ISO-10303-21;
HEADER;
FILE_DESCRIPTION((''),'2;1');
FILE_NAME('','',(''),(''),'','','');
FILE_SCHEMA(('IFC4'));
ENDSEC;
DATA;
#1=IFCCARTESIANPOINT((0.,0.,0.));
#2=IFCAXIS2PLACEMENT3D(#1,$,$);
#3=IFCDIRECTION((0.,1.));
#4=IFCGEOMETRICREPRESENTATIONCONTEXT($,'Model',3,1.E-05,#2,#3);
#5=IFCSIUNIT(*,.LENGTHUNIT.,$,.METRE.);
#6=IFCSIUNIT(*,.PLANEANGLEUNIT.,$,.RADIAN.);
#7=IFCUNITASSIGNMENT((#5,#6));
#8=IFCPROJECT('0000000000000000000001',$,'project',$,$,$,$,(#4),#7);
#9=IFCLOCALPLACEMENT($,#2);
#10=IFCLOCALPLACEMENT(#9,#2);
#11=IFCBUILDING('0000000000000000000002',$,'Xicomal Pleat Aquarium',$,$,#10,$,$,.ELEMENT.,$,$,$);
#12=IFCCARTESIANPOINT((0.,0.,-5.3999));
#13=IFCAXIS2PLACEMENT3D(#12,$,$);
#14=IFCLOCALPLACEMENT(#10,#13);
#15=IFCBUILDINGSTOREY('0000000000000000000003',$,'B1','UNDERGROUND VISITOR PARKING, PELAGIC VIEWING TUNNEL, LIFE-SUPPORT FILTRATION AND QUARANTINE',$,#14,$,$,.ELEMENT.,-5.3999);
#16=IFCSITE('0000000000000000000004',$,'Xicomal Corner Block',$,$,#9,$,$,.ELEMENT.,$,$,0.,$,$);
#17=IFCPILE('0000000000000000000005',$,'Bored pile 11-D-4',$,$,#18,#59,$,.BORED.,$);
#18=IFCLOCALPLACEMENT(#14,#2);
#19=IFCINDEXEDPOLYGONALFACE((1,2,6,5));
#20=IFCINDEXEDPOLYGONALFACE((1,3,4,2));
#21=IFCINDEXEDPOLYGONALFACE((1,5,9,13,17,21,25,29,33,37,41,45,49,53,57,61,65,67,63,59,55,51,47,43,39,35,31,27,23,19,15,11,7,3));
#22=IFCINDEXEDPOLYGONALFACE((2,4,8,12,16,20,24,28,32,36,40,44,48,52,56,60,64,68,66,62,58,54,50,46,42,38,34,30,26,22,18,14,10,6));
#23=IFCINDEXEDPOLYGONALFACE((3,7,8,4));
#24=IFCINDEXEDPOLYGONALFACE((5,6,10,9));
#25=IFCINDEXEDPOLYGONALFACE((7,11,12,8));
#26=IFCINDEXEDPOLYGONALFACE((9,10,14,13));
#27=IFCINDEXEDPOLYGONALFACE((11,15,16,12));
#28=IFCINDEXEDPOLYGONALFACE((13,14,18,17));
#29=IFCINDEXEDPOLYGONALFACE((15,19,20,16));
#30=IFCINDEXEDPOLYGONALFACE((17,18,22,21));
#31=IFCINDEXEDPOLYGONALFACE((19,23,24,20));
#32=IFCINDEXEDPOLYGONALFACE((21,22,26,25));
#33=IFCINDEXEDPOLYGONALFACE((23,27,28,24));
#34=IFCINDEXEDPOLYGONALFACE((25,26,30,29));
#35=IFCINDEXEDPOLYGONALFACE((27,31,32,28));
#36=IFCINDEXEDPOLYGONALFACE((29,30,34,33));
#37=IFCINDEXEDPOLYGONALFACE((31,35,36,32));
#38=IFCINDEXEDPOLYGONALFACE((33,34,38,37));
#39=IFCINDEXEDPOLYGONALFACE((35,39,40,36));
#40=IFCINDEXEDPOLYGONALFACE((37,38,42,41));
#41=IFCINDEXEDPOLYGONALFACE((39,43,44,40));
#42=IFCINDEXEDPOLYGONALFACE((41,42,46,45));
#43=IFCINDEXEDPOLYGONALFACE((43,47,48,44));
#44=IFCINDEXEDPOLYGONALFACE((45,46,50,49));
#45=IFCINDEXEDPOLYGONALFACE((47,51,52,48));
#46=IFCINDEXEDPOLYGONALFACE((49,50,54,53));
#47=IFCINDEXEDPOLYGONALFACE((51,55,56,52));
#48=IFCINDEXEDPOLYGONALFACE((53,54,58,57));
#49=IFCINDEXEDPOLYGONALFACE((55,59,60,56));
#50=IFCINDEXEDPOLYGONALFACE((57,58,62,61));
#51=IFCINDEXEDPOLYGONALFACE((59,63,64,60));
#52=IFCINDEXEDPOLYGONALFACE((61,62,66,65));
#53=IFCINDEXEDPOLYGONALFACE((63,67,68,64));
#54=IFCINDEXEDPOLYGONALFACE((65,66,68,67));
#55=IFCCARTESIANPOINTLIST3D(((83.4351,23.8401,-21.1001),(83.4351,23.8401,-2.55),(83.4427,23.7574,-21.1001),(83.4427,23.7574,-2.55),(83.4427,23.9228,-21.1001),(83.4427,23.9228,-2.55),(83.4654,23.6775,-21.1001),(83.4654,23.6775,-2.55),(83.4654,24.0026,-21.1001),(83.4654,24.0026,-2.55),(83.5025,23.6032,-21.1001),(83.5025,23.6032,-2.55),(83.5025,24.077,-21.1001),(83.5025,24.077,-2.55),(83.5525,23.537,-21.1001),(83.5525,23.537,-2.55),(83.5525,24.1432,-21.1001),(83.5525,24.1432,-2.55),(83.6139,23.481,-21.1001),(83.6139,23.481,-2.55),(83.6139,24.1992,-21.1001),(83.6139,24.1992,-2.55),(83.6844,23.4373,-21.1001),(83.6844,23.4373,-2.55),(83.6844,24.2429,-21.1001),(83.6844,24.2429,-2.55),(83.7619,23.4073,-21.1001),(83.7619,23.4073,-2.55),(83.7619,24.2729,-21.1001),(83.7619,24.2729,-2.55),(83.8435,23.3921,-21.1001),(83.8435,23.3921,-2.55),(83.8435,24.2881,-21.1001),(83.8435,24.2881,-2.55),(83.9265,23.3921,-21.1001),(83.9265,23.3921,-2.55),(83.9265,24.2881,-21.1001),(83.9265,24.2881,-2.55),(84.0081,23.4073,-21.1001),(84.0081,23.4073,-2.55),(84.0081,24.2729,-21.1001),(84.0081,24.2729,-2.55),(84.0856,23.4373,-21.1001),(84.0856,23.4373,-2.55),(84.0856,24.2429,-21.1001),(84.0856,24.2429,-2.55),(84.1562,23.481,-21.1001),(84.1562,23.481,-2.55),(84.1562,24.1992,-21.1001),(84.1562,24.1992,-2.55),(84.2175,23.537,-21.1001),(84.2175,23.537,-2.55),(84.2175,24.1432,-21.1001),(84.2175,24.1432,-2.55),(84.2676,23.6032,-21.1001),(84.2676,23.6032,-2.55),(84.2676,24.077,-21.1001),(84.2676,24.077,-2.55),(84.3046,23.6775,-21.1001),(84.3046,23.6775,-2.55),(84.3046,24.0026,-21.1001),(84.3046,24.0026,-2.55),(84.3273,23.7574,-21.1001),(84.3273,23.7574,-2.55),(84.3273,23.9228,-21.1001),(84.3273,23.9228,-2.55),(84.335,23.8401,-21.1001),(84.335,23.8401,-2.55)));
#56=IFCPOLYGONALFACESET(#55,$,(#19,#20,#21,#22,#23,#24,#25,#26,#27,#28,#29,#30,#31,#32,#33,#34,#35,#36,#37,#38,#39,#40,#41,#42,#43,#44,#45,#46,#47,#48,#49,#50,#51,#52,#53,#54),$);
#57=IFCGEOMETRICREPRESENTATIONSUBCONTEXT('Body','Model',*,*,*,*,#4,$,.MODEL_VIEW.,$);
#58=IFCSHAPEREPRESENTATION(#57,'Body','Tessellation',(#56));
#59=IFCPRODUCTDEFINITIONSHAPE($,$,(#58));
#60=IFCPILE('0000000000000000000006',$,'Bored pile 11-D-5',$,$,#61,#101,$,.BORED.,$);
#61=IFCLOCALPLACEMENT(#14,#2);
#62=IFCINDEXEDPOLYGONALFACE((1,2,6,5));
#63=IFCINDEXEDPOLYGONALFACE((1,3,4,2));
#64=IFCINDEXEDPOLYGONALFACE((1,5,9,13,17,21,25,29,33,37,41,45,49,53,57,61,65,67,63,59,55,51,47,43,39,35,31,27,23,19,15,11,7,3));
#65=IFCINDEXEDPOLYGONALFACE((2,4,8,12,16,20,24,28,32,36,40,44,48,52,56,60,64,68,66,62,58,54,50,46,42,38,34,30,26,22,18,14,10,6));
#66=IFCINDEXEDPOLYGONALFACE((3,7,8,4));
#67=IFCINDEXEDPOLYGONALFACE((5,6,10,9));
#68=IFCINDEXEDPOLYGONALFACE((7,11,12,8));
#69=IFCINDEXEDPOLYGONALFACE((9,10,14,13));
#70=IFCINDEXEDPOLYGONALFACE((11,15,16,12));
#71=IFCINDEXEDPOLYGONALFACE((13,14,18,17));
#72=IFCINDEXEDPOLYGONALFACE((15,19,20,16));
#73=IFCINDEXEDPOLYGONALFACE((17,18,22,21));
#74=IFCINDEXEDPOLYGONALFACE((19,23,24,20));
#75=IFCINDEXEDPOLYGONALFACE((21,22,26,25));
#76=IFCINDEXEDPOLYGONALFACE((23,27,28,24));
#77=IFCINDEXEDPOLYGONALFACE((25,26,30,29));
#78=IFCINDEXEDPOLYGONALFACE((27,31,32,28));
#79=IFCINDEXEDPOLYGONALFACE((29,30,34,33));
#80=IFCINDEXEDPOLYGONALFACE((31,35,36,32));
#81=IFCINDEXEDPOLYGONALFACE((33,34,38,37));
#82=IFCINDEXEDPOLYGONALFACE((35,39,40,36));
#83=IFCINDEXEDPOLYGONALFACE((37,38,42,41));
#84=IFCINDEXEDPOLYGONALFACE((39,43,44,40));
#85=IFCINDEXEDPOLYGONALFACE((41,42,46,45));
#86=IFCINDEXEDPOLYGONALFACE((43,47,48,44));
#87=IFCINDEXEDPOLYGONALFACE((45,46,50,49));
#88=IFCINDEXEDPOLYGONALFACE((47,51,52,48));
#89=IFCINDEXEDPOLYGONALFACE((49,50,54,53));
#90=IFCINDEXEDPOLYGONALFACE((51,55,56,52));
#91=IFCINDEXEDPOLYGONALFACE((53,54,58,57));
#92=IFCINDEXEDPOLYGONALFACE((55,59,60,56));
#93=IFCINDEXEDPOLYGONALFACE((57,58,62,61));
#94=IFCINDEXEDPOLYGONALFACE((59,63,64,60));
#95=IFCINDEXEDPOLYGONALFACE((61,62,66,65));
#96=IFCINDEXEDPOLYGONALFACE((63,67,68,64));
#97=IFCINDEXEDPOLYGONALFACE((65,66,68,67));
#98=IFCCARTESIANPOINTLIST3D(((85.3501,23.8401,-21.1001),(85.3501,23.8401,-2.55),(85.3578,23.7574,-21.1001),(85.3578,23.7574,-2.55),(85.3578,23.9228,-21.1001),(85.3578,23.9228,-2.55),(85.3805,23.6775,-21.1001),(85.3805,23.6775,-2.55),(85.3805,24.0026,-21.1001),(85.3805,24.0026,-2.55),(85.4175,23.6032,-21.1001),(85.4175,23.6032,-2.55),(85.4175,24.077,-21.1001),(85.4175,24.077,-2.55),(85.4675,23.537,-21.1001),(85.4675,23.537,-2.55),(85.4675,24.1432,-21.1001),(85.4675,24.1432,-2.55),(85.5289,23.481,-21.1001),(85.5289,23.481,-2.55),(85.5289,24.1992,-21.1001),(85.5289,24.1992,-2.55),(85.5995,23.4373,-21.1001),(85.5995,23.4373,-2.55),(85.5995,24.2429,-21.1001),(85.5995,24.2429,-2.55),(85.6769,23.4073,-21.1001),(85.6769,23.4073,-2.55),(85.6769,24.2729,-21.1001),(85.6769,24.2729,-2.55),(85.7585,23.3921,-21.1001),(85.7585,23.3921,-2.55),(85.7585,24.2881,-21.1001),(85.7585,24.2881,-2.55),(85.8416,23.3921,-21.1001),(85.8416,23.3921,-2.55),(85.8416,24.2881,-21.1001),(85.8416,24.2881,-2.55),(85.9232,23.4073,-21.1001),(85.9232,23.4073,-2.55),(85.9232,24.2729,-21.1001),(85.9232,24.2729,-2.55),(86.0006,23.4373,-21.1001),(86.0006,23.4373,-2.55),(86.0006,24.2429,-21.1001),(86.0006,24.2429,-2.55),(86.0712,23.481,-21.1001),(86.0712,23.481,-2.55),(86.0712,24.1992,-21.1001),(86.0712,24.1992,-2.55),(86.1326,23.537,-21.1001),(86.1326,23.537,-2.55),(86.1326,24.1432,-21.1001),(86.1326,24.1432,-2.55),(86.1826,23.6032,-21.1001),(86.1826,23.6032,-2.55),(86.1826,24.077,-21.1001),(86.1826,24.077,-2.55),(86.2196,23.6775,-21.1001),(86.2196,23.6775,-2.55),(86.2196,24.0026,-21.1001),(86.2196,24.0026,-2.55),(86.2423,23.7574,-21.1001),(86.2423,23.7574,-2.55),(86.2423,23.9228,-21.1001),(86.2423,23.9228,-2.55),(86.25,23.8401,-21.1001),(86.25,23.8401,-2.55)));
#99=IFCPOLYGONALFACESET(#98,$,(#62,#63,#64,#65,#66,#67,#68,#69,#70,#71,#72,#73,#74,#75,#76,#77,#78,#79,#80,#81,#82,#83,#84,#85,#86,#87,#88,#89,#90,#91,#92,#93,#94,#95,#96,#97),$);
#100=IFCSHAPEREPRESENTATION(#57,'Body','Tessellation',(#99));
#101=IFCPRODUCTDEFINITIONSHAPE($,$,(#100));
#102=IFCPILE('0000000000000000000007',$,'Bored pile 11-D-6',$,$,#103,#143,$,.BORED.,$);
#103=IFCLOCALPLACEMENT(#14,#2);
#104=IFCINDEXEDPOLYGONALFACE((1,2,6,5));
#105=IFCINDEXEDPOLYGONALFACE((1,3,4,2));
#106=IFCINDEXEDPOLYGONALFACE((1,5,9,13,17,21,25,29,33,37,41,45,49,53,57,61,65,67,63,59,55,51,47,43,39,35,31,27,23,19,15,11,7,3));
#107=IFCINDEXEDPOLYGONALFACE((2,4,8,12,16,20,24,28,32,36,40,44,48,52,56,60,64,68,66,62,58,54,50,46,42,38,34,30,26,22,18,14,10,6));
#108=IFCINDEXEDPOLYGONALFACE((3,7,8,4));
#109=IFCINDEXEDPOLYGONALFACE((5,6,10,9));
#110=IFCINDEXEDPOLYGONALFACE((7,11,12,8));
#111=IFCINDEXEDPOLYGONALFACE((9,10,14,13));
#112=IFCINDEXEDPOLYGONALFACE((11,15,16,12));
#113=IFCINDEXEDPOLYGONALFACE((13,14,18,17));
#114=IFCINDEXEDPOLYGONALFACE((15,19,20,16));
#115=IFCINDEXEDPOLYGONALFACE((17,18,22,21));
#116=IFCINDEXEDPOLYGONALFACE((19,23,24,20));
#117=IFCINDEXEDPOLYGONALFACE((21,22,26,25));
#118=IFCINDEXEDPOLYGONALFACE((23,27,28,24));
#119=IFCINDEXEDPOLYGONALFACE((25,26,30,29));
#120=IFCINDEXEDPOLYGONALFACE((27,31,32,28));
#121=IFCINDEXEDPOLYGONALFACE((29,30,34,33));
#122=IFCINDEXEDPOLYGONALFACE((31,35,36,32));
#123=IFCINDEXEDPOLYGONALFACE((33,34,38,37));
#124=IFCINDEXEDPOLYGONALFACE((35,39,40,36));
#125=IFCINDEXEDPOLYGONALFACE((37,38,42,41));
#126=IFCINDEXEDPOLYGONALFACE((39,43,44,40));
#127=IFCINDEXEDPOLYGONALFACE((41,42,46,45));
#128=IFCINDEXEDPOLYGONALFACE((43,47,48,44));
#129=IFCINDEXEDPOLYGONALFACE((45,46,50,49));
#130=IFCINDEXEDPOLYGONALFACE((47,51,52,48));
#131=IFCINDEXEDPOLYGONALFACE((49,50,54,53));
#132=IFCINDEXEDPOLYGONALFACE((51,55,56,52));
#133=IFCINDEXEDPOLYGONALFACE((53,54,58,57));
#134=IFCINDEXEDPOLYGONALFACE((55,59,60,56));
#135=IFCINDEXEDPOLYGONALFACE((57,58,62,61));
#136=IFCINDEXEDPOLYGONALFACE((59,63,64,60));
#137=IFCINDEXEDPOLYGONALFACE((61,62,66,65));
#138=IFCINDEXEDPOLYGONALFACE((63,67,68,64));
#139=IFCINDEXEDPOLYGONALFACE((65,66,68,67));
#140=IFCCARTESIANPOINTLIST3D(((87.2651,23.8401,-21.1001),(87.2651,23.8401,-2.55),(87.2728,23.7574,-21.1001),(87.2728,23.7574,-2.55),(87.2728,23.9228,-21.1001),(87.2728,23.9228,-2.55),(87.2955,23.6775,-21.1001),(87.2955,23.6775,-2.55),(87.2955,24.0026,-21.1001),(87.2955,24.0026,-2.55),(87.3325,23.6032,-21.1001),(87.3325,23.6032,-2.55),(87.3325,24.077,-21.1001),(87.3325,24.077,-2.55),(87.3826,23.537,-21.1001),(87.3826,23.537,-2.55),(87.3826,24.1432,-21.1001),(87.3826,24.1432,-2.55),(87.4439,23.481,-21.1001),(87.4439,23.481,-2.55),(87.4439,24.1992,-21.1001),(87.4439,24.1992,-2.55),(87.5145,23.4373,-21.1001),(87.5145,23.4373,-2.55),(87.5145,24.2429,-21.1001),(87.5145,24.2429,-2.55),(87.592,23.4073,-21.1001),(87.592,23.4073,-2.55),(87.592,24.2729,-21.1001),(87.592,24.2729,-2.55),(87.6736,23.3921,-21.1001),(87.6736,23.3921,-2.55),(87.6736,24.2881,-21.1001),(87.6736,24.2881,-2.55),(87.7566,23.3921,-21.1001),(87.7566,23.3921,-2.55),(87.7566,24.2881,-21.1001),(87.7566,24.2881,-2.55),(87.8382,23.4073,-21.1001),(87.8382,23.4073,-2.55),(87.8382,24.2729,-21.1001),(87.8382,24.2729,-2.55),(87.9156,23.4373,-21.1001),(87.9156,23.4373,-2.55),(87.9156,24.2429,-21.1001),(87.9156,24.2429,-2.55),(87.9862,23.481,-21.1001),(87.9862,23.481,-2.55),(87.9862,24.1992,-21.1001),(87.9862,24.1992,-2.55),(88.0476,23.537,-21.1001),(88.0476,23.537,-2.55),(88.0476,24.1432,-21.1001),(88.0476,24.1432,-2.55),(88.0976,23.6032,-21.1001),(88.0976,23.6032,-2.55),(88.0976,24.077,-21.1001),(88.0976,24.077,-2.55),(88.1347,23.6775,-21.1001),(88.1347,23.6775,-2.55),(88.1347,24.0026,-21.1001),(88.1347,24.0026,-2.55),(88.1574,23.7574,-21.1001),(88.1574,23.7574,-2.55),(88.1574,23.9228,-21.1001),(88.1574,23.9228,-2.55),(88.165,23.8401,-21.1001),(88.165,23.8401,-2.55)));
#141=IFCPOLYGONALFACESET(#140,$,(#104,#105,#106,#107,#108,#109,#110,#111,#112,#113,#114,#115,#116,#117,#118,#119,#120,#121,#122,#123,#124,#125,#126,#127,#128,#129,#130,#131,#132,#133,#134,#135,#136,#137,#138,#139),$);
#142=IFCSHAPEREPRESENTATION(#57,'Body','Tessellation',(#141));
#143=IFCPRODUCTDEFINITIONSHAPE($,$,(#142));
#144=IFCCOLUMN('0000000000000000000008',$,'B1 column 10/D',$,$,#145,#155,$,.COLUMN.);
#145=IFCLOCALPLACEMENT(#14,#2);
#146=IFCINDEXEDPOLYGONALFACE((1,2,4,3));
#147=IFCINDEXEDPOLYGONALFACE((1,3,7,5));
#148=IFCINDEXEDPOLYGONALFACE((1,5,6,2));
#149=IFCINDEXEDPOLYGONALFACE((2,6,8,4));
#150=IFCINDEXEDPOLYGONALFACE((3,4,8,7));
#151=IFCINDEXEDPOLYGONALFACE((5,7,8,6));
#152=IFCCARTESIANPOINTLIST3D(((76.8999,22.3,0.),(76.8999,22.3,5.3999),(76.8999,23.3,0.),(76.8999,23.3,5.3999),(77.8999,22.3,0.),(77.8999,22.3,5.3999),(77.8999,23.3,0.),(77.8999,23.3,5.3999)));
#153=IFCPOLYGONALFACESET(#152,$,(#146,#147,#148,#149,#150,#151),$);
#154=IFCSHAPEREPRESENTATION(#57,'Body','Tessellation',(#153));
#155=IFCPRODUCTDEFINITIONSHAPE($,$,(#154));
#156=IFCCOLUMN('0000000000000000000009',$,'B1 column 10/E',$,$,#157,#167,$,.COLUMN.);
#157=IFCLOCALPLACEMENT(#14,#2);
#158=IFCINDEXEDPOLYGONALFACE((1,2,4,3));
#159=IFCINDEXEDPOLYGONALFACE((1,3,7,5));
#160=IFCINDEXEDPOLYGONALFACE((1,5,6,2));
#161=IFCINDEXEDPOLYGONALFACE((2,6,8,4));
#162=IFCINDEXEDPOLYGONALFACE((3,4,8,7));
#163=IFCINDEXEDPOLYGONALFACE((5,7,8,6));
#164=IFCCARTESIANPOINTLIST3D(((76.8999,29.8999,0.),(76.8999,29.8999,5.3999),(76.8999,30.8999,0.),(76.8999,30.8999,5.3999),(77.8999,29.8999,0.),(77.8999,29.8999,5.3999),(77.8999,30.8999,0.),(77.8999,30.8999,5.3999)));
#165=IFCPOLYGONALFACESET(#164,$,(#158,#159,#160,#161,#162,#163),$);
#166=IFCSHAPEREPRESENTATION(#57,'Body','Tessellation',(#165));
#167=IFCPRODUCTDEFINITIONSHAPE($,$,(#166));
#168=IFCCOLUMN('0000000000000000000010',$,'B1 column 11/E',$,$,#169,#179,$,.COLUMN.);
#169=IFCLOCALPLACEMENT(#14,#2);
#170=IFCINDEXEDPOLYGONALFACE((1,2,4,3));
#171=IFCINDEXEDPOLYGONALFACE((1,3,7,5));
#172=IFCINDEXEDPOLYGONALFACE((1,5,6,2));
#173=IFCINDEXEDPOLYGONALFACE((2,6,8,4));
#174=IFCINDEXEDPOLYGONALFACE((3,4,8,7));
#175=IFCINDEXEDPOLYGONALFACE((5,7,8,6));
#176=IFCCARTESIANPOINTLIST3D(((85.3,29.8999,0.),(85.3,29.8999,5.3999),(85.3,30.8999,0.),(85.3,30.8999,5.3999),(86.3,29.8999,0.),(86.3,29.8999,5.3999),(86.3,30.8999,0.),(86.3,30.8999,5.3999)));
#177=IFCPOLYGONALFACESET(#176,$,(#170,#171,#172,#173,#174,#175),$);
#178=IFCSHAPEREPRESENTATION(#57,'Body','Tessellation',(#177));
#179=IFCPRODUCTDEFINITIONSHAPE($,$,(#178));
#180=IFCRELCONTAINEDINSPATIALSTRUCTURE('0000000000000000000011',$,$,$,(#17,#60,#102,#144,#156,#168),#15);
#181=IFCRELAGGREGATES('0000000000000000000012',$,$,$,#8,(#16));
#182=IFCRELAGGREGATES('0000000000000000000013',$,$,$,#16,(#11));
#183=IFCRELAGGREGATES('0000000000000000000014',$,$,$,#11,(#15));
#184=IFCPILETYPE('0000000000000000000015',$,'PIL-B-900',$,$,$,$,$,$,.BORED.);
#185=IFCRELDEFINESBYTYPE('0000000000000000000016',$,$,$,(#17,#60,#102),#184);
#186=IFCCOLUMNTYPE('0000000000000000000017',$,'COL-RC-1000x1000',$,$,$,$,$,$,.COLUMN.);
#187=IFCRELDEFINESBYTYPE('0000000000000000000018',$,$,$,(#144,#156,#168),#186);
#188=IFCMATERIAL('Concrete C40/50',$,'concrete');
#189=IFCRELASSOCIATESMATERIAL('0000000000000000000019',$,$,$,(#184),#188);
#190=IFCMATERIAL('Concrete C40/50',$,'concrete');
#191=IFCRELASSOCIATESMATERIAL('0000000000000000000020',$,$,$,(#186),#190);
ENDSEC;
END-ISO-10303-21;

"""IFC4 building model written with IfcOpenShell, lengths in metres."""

from ifc_helpers import new_model, si_unit, direction, frame, origin, origin_2d, place, context, subcontext, project, spatial, rectangle, circle, extrude, material, material_profile, profile_set, type_object, element, save


model = new_model("IFC4")

# Units and contexts
model_context = context("Model", 3, precision=1e-05, world=origin(), true_north=direction((0.0, 1.0)))
body_context = subcontext(model_context, "Body", "Model", "MODEL_VIEW")
ifc_project = project(units=[si_unit("LENGTHUNIT", "METRE"), si_unit("PLANEANGLEUNIT", "RADIAN")], contexts=[model_context])

# Site, building, storey
site_placement = place(None, origin())
site = spatial("IfcSite", under=ifc_project, at=site_placement, Name="Xicomal Corner Block", CompositionType="ELEMENT", RefElevation=0.0)
building_placement = place(site_placement, origin())
building = spatial("IfcBuilding", under=site, at=building_placement, Name="Xicomal Pleat Aquarium", CompositionType="ELEMENT")
storey_placement = place(building_placement, frame((0.0, 0.0, -5.3999)))
storey = spatial("IfcBuildingStorey", under=building, at=storey_placement, Name="B1", Description="UNDERGROUND VISITOR PARKING, PELAGIC VIEWING TUNNEL, LIFE-SUPPORT FILTRATION AND QUARANTINE", CompositionType="ELEMENT", Elevation=-5.3999)

# Piles
ifc_material_1 = material(Name="Concrete C40/50", Category="concrete")
ifc_material_profile_1 = material_profile(ifc_material_1, circle(Radius=0.45, at=origin_2d()), Name="BORED PILE D900")
ifc_profile_set_1 = profile_set([ifc_material_profile_1], Name="Concrete C40/50")
pile_type_1 = type_object("IfcPileType", Name="PIL-B-900", PredefinedType="BORED", material=ifc_profile_set_1)
for number, where, z_axis, x_axis, name in (
    (1, (83.885, 23.8401, -2.55), (0.0, 0.0, -1.0), (1.0, 0.0, 0.0), "Bored pile 11-D-4"),
    (2, (85.8, 23.8401, -2.55), (0.0, 0.0, -1.0), (1.0, 0.0, 0.0), "Bored pile 11-D-5"),
    (3, (87.7151, 23.8401, -2.55), (0.0, 0.0, -1.0), (1.0, 0.0, 0.0), "Bored pile 11-D-6"),
):
    element("IfcPile", number, at=place(storey_placement, frame(where, z_axis=z_axis, x_axis=x_axis)), inside=storey, type_object=pile_type_1, Name=name, PredefinedType="BORED", context=body_context, shape_type="SweptSolid", body=[
        extrude(circle(Radius=0.45, at=origin_2d()), origin(), (0.0, 0.0, 1.0), 18.55),
    ])

# Columns
ifc_material_2 = material(Name="Concrete C40/50", Category="concrete")
ifc_material_profile_2 = material_profile(ifc_material_2, rectangle(XDim=1.0, YDim=1.0, at=origin_2d()), Name="RC 1000x1000")
ifc_profile_set_2 = profile_set([ifc_material_profile_2], Name="Concrete C40/50")
column_type_1 = type_object("IfcColumnType", Name="COL-RC-1000x1000", PredefinedType="COLUMN", material=ifc_profile_set_2)
for number, where, z_axis, x_axis, name in (
    (4, (77.3999, 22.8, 0.0), (0.0, 0.0, 1.0), (1.0, 0.0, 0.0), "B1 column 10/D"),
    (5, (77.3999, 30.3999, 0.0), (0.0, 0.0, 1.0), (1.0, 0.0, 0.0), "B1 column 10/E"),
    (6, (85.8, 30.3999, 0.0), (0.0, 0.0, 1.0), (1.0, 0.0, 0.0), "B1 column 11/E"),
):
    element("IfcColumn", number, at=place(storey_placement, frame(where, z_axis=z_axis, x_axis=x_axis)), inside=storey, type_object=column_type_1, Name=name, PredefinedType="COLUMN", context=body_context, shape_type="SweptSolid", body=[
        extrude(rectangle(XDim=1.0, YDim=1.0, at=origin_2d()), origin(), (0.0, 0.0, 1.0), 5.3999),
    ])

save(model, "model.ifc")
